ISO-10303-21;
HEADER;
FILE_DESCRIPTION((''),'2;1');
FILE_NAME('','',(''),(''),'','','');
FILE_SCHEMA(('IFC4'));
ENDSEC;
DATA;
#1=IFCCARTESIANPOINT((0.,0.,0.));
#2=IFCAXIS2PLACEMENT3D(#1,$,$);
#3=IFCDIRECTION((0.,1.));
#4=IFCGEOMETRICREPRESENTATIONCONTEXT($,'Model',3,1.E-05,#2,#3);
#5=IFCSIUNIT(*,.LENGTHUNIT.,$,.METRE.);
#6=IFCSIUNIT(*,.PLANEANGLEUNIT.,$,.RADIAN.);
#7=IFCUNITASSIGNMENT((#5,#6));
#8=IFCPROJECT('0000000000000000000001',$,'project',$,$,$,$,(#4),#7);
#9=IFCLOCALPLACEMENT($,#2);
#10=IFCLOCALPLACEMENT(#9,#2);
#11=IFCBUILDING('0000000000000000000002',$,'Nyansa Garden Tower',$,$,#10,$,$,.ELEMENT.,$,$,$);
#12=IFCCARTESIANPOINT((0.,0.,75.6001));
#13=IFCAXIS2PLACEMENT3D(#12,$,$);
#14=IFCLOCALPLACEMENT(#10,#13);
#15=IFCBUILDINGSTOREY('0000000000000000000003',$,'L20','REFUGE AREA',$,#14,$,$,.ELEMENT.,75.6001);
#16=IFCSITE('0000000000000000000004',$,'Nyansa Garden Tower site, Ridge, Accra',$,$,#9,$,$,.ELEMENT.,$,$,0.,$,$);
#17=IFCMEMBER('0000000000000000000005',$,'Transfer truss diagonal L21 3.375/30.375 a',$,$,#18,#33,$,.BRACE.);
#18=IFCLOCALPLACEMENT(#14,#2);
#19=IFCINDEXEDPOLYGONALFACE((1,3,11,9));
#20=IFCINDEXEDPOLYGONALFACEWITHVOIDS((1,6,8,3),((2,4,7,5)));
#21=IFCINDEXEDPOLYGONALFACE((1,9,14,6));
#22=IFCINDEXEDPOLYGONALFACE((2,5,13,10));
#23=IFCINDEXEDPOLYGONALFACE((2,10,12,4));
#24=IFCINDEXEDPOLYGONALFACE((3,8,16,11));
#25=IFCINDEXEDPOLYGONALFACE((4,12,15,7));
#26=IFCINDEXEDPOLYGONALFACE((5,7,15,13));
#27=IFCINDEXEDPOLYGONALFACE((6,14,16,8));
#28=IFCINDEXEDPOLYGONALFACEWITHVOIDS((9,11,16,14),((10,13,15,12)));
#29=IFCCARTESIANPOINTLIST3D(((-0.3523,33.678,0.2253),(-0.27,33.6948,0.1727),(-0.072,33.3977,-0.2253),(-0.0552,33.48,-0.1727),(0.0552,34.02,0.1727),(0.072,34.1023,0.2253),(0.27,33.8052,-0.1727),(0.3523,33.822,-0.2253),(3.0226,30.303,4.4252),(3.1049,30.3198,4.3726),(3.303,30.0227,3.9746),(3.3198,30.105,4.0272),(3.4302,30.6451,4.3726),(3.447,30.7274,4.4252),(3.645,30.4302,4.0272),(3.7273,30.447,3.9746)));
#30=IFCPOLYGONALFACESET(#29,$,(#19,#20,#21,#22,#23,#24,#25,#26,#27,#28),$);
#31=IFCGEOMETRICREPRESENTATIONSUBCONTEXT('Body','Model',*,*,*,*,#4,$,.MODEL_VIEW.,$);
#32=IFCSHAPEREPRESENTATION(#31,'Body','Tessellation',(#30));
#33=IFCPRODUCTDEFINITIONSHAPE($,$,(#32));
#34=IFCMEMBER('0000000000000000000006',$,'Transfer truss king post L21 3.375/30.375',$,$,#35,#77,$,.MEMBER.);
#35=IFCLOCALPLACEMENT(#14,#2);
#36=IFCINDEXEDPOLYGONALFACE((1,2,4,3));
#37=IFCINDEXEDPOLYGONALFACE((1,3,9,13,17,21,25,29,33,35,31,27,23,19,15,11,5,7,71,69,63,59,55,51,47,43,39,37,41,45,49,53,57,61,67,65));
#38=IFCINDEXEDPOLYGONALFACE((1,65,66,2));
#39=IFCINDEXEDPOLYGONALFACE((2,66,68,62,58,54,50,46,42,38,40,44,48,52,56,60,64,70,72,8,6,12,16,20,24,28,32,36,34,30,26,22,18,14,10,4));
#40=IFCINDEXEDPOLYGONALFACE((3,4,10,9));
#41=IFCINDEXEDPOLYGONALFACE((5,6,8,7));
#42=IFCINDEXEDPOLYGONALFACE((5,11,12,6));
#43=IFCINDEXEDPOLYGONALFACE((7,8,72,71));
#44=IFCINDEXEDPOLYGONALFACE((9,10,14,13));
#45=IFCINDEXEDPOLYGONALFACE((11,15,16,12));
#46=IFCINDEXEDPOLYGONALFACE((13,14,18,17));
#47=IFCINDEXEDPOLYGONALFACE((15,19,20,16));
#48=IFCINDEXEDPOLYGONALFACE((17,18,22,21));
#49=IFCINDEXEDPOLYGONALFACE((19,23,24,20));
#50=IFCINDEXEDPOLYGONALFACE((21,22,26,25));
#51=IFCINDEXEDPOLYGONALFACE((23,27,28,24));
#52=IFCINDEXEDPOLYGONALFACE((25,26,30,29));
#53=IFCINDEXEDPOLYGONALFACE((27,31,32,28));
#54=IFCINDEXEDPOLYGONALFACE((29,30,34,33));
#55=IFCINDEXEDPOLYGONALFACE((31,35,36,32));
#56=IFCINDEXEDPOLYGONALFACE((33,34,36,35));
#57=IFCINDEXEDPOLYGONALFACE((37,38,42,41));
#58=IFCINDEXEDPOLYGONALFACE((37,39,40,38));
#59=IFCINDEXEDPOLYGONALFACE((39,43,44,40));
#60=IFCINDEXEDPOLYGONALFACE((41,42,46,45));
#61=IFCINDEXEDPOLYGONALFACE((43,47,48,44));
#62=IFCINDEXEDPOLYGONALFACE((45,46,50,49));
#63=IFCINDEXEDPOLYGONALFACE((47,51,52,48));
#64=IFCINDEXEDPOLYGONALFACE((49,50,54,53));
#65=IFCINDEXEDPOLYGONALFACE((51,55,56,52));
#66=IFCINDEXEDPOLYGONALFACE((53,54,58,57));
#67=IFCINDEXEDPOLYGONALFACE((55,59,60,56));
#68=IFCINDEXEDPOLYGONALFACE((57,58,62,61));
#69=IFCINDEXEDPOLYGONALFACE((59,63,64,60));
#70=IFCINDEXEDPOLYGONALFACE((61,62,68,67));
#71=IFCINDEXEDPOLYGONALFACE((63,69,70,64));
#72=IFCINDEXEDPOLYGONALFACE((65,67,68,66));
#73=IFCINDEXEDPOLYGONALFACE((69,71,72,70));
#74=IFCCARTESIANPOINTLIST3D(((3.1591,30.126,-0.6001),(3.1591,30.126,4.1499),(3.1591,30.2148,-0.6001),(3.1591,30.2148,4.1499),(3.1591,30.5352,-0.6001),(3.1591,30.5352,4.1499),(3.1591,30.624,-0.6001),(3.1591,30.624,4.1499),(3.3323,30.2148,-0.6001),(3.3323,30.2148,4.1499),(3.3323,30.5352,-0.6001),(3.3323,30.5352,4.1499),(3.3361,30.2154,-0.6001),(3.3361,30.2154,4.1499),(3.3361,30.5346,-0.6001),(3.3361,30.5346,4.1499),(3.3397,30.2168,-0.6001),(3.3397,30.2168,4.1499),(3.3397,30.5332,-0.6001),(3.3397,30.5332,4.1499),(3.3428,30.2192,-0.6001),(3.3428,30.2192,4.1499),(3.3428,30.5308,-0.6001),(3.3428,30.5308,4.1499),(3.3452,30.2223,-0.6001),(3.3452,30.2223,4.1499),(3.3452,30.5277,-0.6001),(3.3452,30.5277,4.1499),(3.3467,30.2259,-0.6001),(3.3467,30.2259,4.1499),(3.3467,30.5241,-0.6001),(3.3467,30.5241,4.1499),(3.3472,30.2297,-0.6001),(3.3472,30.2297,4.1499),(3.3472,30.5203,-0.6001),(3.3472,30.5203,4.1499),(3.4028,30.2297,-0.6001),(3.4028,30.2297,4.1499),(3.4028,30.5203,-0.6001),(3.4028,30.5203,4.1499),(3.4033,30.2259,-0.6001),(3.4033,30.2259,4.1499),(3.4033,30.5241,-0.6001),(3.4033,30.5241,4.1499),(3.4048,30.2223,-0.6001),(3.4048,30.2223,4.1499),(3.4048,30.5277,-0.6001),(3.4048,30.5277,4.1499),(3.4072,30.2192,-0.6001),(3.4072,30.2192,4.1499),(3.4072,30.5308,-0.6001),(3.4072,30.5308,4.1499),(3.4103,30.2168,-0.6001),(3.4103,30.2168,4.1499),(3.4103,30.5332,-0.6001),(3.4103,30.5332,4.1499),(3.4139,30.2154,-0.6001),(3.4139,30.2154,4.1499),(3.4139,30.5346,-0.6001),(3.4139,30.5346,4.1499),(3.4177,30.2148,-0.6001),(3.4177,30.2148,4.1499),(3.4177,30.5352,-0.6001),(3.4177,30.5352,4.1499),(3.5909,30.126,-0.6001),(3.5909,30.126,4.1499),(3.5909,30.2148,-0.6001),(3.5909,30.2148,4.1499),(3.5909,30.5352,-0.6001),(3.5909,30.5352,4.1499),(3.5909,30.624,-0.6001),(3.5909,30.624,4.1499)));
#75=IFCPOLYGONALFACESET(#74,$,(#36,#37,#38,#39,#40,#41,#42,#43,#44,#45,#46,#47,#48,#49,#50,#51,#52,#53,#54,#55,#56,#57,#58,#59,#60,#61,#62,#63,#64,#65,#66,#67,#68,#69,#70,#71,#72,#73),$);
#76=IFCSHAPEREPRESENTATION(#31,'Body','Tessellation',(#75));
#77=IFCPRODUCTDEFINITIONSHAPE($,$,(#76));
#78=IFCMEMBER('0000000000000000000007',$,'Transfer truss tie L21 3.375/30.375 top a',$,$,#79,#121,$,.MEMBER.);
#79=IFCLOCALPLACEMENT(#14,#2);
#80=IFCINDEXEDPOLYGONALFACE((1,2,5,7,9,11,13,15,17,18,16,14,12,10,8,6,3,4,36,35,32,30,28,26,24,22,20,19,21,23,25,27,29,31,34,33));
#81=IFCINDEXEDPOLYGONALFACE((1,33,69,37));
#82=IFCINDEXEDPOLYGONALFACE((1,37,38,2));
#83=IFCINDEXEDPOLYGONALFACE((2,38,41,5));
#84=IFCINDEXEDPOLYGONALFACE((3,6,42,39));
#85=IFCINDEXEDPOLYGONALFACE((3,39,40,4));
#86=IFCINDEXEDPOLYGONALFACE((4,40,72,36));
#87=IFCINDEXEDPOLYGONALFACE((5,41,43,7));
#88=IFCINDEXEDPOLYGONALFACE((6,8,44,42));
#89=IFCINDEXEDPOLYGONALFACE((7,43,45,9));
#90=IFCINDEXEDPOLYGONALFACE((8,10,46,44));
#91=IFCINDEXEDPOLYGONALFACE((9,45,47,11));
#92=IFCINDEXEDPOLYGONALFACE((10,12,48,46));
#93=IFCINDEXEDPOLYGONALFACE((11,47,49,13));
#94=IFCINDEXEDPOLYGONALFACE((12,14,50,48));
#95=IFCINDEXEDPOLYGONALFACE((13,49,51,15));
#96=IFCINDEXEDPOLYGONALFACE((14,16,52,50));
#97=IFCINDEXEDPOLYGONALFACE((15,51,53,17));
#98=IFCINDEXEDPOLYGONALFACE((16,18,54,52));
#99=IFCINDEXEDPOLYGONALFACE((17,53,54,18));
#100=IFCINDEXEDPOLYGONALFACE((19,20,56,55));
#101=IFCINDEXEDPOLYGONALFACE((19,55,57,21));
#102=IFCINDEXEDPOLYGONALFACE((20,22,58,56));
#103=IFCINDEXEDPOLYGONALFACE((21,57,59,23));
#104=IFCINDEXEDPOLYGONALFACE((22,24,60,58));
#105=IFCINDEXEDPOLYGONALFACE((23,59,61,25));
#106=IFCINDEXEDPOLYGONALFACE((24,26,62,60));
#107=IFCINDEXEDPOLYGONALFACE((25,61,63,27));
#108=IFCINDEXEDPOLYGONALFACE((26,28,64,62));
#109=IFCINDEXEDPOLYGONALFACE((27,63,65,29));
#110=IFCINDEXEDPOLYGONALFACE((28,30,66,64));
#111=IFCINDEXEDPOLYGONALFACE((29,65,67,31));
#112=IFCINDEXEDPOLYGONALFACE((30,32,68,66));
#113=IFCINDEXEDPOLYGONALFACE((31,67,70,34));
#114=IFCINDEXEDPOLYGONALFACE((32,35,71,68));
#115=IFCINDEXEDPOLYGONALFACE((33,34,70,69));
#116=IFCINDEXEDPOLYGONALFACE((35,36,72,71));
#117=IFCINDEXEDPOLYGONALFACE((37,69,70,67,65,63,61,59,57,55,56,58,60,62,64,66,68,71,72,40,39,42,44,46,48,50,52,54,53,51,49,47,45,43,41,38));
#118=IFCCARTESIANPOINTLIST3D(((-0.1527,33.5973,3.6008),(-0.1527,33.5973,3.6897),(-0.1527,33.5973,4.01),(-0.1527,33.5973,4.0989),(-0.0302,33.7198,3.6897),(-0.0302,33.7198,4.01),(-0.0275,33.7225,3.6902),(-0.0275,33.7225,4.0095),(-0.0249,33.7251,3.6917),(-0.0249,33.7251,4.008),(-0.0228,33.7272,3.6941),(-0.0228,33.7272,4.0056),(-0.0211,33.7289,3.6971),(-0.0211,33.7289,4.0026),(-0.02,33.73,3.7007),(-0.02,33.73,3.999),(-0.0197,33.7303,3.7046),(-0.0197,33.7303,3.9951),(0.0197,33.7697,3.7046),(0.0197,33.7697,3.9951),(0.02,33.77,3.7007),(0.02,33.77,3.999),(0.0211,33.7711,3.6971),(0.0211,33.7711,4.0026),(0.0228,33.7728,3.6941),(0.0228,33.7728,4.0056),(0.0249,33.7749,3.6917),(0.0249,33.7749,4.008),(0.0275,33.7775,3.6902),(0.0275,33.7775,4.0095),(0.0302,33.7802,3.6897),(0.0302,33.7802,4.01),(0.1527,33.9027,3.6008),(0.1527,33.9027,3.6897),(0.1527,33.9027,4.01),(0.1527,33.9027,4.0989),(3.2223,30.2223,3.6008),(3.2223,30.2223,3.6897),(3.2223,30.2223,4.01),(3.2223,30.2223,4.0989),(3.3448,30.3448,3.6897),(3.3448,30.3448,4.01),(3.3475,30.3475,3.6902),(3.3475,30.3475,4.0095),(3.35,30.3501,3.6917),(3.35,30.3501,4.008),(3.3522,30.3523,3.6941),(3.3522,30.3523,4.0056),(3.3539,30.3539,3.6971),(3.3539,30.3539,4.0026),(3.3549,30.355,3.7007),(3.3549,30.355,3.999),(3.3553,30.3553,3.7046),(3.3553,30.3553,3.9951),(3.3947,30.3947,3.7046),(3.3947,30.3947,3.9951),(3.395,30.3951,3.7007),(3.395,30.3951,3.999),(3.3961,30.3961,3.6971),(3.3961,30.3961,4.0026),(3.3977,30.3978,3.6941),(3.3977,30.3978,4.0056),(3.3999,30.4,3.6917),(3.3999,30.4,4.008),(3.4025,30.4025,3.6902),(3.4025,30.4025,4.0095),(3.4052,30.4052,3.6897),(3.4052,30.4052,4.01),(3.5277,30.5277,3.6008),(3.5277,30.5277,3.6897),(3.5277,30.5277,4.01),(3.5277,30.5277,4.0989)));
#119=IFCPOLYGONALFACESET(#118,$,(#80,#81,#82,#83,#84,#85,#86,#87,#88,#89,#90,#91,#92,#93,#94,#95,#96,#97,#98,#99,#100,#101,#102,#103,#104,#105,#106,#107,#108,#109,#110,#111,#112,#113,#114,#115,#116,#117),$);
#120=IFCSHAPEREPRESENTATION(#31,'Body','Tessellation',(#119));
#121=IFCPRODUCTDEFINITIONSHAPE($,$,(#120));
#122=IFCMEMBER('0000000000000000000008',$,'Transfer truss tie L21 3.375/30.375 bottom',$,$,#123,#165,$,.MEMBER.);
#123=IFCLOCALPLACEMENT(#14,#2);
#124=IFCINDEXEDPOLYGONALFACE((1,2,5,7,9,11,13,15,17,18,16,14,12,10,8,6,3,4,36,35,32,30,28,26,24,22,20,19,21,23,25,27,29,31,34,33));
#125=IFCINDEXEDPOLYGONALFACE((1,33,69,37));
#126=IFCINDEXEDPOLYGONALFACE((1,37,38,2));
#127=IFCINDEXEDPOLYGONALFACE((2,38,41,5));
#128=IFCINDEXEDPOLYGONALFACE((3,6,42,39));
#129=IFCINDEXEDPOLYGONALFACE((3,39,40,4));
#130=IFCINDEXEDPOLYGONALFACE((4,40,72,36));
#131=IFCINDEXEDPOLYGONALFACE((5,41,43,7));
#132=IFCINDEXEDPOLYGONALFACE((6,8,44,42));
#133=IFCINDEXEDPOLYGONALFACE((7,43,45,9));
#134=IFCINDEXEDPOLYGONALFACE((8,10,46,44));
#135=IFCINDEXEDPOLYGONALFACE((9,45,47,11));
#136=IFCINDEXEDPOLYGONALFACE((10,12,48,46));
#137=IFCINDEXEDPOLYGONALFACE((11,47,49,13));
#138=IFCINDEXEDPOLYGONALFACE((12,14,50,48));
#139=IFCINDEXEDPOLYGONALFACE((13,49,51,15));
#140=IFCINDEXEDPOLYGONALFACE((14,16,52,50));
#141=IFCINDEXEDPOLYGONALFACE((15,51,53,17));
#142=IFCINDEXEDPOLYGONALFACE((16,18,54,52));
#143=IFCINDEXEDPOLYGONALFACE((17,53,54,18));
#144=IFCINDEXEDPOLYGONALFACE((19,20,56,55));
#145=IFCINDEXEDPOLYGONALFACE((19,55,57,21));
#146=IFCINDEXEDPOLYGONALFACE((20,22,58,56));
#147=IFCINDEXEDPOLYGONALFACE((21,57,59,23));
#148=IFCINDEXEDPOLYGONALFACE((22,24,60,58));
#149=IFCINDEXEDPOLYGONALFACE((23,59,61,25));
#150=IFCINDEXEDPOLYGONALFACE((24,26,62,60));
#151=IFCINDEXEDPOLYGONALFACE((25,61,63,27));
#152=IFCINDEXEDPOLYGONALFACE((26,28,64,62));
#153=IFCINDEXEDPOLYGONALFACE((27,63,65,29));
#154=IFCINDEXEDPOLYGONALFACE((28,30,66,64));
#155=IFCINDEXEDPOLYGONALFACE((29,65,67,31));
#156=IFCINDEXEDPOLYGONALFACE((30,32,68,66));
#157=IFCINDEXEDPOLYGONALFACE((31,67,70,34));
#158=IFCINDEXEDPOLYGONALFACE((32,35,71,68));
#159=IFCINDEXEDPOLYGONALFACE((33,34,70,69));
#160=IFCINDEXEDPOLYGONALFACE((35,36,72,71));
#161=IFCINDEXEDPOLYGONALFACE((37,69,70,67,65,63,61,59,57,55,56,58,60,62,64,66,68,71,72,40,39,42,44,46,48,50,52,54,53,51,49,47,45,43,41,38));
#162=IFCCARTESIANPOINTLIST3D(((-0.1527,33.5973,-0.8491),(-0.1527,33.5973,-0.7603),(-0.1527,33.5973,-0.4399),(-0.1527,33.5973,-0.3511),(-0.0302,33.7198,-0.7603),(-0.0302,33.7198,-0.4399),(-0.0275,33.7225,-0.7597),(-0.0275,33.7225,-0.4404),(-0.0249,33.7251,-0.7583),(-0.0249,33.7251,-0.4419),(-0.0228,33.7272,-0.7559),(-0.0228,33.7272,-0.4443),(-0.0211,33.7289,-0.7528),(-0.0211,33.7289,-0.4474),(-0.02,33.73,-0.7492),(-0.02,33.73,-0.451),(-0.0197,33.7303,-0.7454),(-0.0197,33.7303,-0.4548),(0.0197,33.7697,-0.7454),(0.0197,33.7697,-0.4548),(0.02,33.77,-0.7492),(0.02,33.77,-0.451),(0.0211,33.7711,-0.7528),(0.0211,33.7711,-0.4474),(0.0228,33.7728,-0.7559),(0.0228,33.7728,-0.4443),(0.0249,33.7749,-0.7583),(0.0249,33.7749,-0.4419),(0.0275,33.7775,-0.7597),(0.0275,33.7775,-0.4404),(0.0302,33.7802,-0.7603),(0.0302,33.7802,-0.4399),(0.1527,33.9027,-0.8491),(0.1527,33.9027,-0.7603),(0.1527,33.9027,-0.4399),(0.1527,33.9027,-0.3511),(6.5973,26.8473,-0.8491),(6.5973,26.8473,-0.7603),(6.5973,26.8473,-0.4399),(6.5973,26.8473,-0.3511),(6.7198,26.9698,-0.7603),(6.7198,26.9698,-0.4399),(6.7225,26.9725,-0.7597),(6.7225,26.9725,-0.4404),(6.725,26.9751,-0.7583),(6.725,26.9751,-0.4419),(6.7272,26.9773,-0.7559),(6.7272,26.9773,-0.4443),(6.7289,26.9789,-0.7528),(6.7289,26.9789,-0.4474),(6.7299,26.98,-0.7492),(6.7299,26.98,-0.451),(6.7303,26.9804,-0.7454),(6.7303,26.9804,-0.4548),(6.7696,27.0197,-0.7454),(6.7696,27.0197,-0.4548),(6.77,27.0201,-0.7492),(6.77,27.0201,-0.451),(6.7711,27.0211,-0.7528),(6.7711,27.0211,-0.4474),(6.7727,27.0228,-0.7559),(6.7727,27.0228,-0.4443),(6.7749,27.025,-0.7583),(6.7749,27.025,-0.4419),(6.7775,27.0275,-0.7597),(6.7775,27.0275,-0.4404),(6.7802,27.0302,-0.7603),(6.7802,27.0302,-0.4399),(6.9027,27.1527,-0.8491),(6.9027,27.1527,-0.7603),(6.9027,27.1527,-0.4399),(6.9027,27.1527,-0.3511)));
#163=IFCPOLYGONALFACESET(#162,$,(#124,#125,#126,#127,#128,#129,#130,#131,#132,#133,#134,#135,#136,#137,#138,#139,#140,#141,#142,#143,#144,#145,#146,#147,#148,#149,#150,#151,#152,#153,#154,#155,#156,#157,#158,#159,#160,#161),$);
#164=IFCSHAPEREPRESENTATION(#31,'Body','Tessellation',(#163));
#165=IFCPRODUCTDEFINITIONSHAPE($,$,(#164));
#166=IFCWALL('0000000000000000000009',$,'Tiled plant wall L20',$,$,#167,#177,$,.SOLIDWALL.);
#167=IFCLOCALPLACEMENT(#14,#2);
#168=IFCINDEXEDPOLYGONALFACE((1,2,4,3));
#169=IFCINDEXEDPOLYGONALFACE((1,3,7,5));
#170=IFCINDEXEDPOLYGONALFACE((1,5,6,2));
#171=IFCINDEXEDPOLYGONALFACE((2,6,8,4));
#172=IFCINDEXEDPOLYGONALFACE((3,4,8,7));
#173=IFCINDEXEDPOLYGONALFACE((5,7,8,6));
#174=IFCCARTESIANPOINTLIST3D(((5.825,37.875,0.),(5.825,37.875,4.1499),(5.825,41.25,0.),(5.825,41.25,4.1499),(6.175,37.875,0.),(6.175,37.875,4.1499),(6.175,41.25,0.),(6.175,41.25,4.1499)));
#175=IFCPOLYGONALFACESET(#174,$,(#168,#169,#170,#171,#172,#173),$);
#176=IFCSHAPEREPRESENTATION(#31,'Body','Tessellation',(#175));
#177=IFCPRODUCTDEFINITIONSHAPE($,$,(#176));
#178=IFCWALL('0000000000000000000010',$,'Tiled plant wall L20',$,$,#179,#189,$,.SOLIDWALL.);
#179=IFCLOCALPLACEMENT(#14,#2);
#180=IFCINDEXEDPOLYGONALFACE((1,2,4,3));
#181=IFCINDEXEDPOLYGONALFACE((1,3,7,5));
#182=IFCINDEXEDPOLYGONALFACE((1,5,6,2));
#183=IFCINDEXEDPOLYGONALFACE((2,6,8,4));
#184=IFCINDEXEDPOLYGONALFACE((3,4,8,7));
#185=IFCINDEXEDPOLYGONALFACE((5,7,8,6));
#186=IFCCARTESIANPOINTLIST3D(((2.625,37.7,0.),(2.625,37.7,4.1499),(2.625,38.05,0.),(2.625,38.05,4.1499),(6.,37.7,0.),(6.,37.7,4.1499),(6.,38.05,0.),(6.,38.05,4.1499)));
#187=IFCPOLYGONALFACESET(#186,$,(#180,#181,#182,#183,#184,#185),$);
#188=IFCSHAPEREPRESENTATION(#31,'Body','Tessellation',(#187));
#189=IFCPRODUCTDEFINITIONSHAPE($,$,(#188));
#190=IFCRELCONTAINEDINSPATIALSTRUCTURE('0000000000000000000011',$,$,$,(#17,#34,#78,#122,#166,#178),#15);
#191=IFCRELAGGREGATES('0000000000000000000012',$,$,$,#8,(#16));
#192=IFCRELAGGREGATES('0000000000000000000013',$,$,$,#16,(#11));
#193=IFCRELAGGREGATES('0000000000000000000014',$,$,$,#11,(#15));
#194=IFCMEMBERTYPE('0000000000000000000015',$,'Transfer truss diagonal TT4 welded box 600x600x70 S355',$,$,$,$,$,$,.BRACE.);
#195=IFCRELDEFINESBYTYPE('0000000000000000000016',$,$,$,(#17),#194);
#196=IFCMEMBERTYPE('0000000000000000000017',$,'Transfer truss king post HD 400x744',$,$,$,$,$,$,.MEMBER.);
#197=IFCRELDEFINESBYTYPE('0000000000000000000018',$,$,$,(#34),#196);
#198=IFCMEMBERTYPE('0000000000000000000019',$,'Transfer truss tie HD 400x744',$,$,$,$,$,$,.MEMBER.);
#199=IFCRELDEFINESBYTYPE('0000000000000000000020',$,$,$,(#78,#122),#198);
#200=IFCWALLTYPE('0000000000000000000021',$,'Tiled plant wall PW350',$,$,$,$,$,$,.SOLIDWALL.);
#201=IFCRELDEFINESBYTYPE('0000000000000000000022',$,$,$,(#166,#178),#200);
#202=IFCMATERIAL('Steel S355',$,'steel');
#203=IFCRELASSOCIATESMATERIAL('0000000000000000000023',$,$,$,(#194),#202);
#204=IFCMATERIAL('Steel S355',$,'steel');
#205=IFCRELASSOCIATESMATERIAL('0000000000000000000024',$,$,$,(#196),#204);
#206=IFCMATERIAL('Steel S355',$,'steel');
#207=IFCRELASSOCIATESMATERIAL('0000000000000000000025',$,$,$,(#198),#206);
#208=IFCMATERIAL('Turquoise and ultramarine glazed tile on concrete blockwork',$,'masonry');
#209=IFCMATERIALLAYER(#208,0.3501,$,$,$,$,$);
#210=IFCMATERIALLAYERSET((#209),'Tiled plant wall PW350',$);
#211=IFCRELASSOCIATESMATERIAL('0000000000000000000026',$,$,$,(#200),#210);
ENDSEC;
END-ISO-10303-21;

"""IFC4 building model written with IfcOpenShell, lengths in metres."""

from ifc_helpers import new_model, si_unit, direction, frame, frame_2d, origin, origin_2d, place, context, subcontext, project, spatial, rectangle, hollow_rectangle, i_section, extrude, material, layer, layer_set, material_profile, profile_set, type_object, element, save


model = new_model("IFC4")

# Units and contexts
model_context = context("Model", 3, precision=1e-05, world=origin(), true_north=direction((0.0, 1.0)))
body_context = subcontext(model_context, "Body", "Model", "MODEL_VIEW")
ifc_project = project(units=[si_unit("LENGTHUNIT", "METRE"), si_unit("PLANEANGLEUNIT", "RADIAN")], contexts=[model_context])

# Site, building, storey
site_placement = place(None, origin())
site = spatial("IfcSite", under=ifc_project, at=site_placement, Name="Nyansa Garden Tower site, Ridge, Accra", CompositionType="ELEMENT", RefElevation=0.0)
building_placement = place(site_placement, origin())
building = spatial("IfcBuilding", under=site, at=building_placement, Name="Nyansa Garden Tower", CompositionType="ELEMENT")
storey_placement = place(building_placement, frame((0.0, 0.0, 75.6001)))
storey = spatial("IfcBuildingStorey", under=building, at=storey_placement, Name="L20", Description="REFUGE AREA", CompositionType="ELEMENT", Elevation=75.6001)

# Members
ifc_material_1 = material(Name="Steel S355", Category="steel")
ifc_material_profile_1 = material_profile(ifc_material_1, hollow_rectangle(XDim=0.6001, YDim=0.6001, WallThickness=0.0701, at=origin_2d()), Name="Welded box 600x600x70")
ifc_profile_set_1 = profile_set([ifc_material_profile_1], Name="Steel S355")
member_type_1 = type_object("IfcMemberType", Name="Transfer truss diagonal TT4 welded box 600x600x70 S355", PredefinedType="BRACE", material=ifc_profile_set_1)
member_1_placement = place(storey_placement, frame((0.0, 33.75, 0.0), z_axis=(0.530849, -0.530849, 0.660605), x_axis=(0.707107, 0.707107, 0.0)))
element("IfcMember", 1, at=member_1_placement, inside=storey, type_object=member_type_1, Name="Transfer truss diagonal L21 3.375/30.375 a", PredefinedType="BRACE", context=body_context, shape_type="SweptSolid", body=[
    extrude(hollow_rectangle(XDim=0.6001, YDim=0.6001, WallThickness=0.0701, at=origin_2d()), origin(), (0.0, 0.0, 1.0), 6.3577),
])
ifc_material_2 = material(Name="Steel S355", Category="steel")
ifc_material_profile_2 = material_profile(ifc_material_2, i_section(OverallWidth=0.4319, OverallDepth=0.498, WebThickness=0.0557, FlangeThickness=0.0889, FilletRadius=0.0149, at=origin_2d()), Name="HD 400x744")
ifc_profile_set_2 = profile_set([ifc_material_profile_2], Name="Steel S355")
member_type_2 = type_object("IfcMemberType", Name="Transfer truss king post HD 400x744", PredefinedType="MEMBER", material=ifc_profile_set_2)
member_2_placement = place(storey_placement, frame((3.375, 30.375, -0.6001), z_axis=(0.0, 0.0, 1.0), x_axis=(1.0, 0.0, 0.0)))
element("IfcMember", 2, at=member_2_placement, inside=storey, type_object=member_type_2, Name="Transfer truss king post L21 3.375/30.375", PredefinedType="MEMBER", context=body_context, shape_type="SweptSolid", body=[
    extrude(i_section(OverallWidth=0.4319, OverallDepth=0.498, WebThickness=0.0557, FlangeThickness=0.0889, FilletRadius=0.0149, at=origin_2d()), origin(), (0.0, 0.0, 1.0), 4.75),
])
ifc_material_3 = material(Name="Steel S355", Category="steel")
ifc_material_profile_3 = material_profile(ifc_material_3, i_section(OverallWidth=0.4319, OverallDepth=0.498, WebThickness=0.0557, FlangeThickness=0.0889, FilletRadius=0.0149, at=origin_2d()), Name="HD 400x744")
ifc_profile_set_3 = profile_set([ifc_material_profile_3], Name="Steel S355")
member_type_3 = type_object("IfcMemberType", Name="Transfer truss tie HD 400x744", PredefinedType="MEMBER", material=ifc_profile_set_3)
member_3_placement = place(storey_placement, frame((0.0, 33.75, 3.8499), z_axis=(0.707107, -0.707107, 0.0), x_axis=(0.707107, 0.707107, 0.0)))
element("IfcMember", 3, at=member_3_placement, inside=storey, type_object=member_type_3, Name="Transfer truss tie L21 3.375/30.375 top a", PredefinedType="MEMBER", context=body_context, shape_type="SweptSolid", body=[
    extrude(i_section(OverallWidth=0.4319, OverallDepth=0.498, WebThickness=0.0557, FlangeThickness=0.0889, FilletRadius=0.0149, at=origin_2d()), origin(), (0.0, 0.0, 1.0), 4.7729),
])
member_4_placement = place(storey_placement, frame((0.0, 33.75, -0.6001), z_axis=(0.707107, -0.707107, 0.0), x_axis=(0.707107, 0.707107, 0.0)))
element("IfcMember", 4, at=member_4_placement, inside=storey, type_object=member_type_3, Name="Transfer truss tie L21 3.375/30.375 bottom", PredefinedType="MEMBER", context=body_context, shape_type="SweptSolid", body=[
    extrude(i_section(OverallWidth=0.4319, OverallDepth=0.498, WebThickness=0.0557, FlangeThickness=0.0889, FilletRadius=0.0149, at=origin_2d()), origin(), (0.0, 0.0, 1.0), 9.5459),
])

# Walls
ifc_material_4 = material(Name="Turquoise and ultramarine glazed tile on concrete blockwork", Category="masonry")
ifc_layer = layer(ifc_material_4, 0.3501)
ifc_layer_set = layer_set([ifc_layer], Name="Tiled plant wall PW350")
wall_type = type_object("IfcWallType", Name="Tiled plant wall PW350", PredefinedType="SOLIDWALL", material=ifc_layer_set)
for number, where, z_axis, x_axis, name in (
    (5, (6.0, 41.25, 0.0), (0.0, 0.0, 1.0), (0.0, -1.0, 0.0), "Tiled plant wall L20"),
    (6, (6.0, 37.875, 0.0), (0.0, 0.0, 1.0), (-1.0, 0.0, 0.0), "Tiled plant wall L20"),
):
    element("IfcWall", number, at=place(storey_placement, frame(where, z_axis=z_axis, x_axis=x_axis)), inside=storey, type_object=wall_type, Name=name, PredefinedType="SOLIDWALL", context=body_context, shape_type="SweptSolid", body=[
        extrude(rectangle(XDim=3.375, YDim=0.3501, at=frame_2d((1.6875, 0.0))), origin(), (0.0, 0.0, 1.0), 4.1499),
    ])

save(model, "model.ifc")
